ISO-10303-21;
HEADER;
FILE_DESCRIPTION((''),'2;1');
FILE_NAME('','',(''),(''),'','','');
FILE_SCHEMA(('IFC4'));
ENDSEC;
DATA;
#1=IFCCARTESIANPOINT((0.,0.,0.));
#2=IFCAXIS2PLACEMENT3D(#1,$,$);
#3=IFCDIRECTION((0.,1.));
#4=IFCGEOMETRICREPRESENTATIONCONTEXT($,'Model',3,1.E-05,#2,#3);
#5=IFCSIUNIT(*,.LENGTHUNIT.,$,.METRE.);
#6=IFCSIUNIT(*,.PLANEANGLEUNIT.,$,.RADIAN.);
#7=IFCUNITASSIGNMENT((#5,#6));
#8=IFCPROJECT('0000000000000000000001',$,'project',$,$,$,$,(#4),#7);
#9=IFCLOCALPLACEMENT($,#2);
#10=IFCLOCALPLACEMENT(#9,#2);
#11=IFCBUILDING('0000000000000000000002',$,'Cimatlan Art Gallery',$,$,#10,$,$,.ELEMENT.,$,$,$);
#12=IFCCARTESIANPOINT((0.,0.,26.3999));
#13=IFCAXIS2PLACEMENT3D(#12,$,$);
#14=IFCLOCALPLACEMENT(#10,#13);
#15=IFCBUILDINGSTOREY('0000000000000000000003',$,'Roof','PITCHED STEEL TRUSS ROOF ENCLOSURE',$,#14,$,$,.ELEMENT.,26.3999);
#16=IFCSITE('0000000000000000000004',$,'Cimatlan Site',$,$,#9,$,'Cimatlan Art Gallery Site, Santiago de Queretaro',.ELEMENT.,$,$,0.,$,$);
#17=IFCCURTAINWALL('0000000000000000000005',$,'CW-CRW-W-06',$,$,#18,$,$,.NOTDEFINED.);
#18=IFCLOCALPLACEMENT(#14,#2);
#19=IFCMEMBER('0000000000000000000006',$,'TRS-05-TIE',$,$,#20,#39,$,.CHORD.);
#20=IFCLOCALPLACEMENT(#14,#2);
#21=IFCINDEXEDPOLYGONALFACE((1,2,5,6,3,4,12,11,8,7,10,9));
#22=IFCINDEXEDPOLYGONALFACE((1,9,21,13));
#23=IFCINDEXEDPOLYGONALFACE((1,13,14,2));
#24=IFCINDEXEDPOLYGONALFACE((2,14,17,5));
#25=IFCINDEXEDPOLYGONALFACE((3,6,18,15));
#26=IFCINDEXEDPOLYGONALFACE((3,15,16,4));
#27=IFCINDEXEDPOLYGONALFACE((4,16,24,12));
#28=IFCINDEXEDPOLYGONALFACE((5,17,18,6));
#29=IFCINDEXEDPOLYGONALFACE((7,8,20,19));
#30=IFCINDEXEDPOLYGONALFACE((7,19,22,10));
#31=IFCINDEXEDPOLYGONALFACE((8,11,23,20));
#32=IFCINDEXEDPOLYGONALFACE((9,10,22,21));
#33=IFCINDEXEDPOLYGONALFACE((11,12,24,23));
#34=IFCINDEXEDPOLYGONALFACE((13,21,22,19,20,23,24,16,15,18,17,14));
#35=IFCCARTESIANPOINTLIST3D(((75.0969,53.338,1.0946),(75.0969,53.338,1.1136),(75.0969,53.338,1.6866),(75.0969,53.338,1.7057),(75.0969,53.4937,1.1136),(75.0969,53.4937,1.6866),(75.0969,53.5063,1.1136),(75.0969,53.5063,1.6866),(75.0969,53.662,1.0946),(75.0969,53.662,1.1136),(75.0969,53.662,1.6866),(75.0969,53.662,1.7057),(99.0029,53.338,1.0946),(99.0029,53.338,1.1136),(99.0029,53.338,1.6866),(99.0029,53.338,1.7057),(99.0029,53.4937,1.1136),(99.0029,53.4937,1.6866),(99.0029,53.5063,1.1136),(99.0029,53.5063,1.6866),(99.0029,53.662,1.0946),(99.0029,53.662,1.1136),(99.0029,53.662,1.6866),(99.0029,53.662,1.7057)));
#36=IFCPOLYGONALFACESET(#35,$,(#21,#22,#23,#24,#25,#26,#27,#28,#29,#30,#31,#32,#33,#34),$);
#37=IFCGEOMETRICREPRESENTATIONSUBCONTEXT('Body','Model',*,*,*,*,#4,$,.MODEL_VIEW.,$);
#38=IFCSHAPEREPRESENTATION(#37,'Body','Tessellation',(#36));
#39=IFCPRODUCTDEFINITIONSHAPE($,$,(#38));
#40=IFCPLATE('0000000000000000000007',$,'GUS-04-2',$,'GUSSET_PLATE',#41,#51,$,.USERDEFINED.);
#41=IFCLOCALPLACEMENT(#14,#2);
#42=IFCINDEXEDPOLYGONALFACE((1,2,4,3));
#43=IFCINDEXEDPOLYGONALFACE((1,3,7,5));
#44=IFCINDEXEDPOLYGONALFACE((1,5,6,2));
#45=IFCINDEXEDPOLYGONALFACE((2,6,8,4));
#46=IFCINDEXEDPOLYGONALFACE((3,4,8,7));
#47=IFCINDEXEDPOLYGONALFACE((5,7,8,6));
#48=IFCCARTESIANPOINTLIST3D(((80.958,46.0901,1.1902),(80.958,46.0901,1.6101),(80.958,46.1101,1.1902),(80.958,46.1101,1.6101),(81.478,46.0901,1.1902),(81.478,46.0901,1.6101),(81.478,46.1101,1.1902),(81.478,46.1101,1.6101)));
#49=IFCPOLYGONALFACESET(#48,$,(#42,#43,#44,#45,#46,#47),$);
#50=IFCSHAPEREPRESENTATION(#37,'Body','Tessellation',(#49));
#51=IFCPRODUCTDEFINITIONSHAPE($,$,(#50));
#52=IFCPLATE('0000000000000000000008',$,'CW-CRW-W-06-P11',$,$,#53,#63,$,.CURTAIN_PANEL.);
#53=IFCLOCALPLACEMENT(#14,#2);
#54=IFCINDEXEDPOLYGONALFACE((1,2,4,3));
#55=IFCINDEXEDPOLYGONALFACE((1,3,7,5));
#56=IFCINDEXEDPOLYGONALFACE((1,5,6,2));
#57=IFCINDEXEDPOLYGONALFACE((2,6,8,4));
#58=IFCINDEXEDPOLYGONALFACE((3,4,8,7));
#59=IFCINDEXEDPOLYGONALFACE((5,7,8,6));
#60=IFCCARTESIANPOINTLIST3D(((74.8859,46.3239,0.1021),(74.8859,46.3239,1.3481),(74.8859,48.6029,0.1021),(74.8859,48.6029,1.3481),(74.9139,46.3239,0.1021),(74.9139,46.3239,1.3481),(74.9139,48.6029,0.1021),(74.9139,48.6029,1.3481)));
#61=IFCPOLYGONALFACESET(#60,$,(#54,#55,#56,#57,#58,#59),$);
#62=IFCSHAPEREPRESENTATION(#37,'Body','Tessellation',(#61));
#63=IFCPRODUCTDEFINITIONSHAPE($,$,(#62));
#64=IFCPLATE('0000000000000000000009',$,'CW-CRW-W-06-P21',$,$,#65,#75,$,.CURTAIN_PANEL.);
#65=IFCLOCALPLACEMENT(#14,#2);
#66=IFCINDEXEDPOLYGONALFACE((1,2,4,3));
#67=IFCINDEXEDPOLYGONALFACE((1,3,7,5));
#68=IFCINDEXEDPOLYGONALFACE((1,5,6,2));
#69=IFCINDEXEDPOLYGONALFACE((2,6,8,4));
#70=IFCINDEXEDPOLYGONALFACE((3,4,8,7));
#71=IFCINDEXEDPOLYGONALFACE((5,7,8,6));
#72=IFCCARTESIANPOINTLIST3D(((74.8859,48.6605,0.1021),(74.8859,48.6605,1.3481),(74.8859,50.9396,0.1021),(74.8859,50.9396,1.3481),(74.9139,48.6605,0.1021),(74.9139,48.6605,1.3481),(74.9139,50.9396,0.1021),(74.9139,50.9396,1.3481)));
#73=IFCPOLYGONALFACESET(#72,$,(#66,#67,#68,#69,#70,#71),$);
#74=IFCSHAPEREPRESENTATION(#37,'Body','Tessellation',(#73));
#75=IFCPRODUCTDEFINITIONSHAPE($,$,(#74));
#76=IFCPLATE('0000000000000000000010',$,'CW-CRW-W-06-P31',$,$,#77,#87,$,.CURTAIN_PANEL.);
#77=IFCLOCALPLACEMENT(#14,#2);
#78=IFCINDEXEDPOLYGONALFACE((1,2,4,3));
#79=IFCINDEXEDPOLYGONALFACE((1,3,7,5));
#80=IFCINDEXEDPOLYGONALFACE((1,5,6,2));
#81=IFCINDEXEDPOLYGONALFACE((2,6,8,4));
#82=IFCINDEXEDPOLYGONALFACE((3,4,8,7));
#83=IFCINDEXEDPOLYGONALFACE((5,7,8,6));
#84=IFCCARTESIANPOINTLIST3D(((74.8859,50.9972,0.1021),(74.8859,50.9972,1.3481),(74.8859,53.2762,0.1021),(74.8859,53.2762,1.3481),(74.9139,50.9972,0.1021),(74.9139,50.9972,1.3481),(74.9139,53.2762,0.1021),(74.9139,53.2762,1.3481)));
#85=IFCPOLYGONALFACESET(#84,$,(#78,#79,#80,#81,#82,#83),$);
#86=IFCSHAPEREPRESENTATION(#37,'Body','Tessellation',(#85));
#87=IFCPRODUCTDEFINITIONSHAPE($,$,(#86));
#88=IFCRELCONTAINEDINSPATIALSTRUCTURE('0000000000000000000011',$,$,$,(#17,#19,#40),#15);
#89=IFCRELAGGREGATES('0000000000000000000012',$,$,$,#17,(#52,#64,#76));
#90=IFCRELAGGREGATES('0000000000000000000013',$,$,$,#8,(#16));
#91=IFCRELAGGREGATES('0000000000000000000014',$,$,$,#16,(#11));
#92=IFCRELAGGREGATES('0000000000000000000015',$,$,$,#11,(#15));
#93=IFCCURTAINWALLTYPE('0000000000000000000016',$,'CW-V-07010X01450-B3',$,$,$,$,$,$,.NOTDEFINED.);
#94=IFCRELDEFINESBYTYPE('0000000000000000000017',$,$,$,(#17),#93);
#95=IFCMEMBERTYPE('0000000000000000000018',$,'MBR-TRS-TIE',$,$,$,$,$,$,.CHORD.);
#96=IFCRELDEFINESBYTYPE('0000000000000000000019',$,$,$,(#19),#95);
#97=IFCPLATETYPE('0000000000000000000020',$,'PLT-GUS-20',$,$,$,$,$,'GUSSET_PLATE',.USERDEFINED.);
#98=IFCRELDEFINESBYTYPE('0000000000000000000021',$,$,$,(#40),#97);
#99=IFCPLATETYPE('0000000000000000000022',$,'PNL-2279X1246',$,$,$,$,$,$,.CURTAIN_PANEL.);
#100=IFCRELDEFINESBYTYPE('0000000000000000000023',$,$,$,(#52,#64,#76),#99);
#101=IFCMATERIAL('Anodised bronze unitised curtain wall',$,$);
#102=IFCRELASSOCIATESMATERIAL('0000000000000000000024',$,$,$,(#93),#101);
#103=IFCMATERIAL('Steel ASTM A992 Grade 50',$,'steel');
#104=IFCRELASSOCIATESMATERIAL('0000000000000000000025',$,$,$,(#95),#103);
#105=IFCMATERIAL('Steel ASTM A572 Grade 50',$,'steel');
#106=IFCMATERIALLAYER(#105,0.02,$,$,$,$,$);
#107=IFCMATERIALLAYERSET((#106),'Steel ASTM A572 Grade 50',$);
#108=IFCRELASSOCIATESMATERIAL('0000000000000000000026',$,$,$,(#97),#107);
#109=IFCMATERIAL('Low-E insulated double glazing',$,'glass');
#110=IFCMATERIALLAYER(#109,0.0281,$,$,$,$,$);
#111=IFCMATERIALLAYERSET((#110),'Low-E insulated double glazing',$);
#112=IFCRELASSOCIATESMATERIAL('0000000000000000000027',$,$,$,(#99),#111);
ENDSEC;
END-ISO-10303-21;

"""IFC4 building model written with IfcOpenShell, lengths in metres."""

from ifc_helpers import new_model, si_unit, direction, frame, origin, origin_2d, place, context, subcontext, project, spatial, rectangle, i_section, extrude, material, layer, layer_set, material_profile, profile_set, type_object, element, aggregate, save


model = new_model("IFC4")

# Units and contexts
model_context = context("Model", 3, precision=1e-05, world=origin(), true_north=direction((0.0, 1.0)))
body_context = subcontext(model_context, "Body", "Model", "MODEL_VIEW")
ifc_project = project(units=[si_unit("LENGTHUNIT", "METRE"), si_unit("PLANEANGLEUNIT", "RADIAN")], contexts=[model_context])

# Site, building, storey
site_placement = place(None, origin())
site = spatial("IfcSite", under=ifc_project, at=site_placement, Name="Cimatlan Site", LongName="Cimatlan Art Gallery Site, Santiago de Queretaro", CompositionType="ELEMENT", RefElevation=0.0)
building_placement = place(site_placement, origin())
building = spatial("IfcBuilding", under=site, at=building_placement, Name="Cimatlan Art Gallery", CompositionType="ELEMENT")
storey_placement = place(building_placement, frame((0.0, 0.0, 26.3999)))
storey = spatial("IfcBuildingStorey", under=building, at=storey_placement, Name="Roof", Description="PITCHED STEEL TRUSS ROOF ENCLOSURE", CompositionType="ELEMENT", Elevation=26.3999)

# Shared definitions
ifc_material_1 = material(Name="Steel ASTM A992 Grade 50", Category="steel")

# Curtain wall
ifc_material_2 = material(Name="Anodised bronze unitised curtain wall")
curtain_wall_type = type_object("IfcCurtainWallType", Name="CW-V-07010X01450-B3", PredefinedType="NOTDEFINED", material=ifc_material_2)
curtain_wall_placement = place(storey_placement, origin())
curtain_wall = element("IfcCurtainWall", 1, at=curtain_wall_placement, inside=storey, type_object=curtain_wall_type, Name="CW-CRW-W-06", PredefinedType="NOTDEFINED")

# Member
ifc_material_profile_1 = material_profile(ifc_material_1, i_section(OverallWidth=0.324, OverallDepth=0.6111, WebThickness=0.0127, FlangeThickness=0.019, at=origin_2d()), Name="W24X104")
ifc_profile_set_1 = profile_set([ifc_material_profile_1], Name="Steel ASTM A992 Grade 50")
member_type_1 = type_object("IfcMemberType", Name="MBR-TRS-TIE", PredefinedType="CHORD", material=ifc_profile_set_1)
for number, where, z_axis, x_axis, name in (
    (2, (75.0969, 53.5, 1.4001), (1.0, 0.0, 0.0), (0.0, 1.0, 0.0), "TRS-05-TIE"),
):
    element("IfcMember", number, at=place(storey_placement, frame(where, z_axis=z_axis, x_axis=x_axis)), inside=storey, type_object=member_type_1, Name=name, PredefinedType="CHORD", context=body_context, shape_type="SweptSolid", body=[
        extrude(i_section(OverallWidth=0.324, OverallDepth=0.6111, WebThickness=0.0127, FlangeThickness=0.019, at=origin_2d()), origin(), (0.0, 0.0, 1.0), 23.906),
    ])

# Plates
ifc_material_3 = material(Name="Steel ASTM A572 Grade 50", Category="steel")
ifc_layer_1 = layer(ifc_material_3, 0.02)
ifc_layer_set_1 = layer_set([ifc_layer_1], Name="Steel ASTM A572 Grade 50")
plate_type_1 = type_object("IfcPlateType", Name="PLT-GUS-20", ElementType="GUSSET_PLATE", PredefinedType="USERDEFINED", material=ifc_layer_set_1)
plate_1_placement = place(storey_placement, frame((81.218, 46.1001, 1.1902), z_axis=(0.0, 0.0, 1.0), x_axis=(1.0, 0.0, 0.0)))
element("IfcPlate", 3, at=plate_1_placement, inside=storey, type_object=plate_type_1, Name="GUS-04-2", ObjectType="GUSSET_PLATE", PredefinedType="USERDEFINED", context=body_context, shape_type="SweptSolid", body=[
    extrude(rectangle(XDim=0.52, YDim=0.02, at=origin_2d()), origin(), (0.0, 0.0, 1.0), 0.4199),
])
ifc_material_4 = material(Name="Low-E insulated double glazing", Category="glass")
ifc_layer_2 = layer(ifc_material_4, 0.0281)
ifc_layer_set_2 = layer_set([ifc_layer_2], Name="Low-E insulated double glazing")
plate_type_2 = type_object("IfcPlateType", Name="PNL-2279X1246", PredefinedType="CURTAIN_PANEL", material=ifc_layer_set_2)
plate_2_placement = place(storey_placement, frame((74.8999, 47.4634, 0.1021), z_axis=(0.0, 0.0, 1.0), x_axis=(0.0, 1.0, 0.0)))
plate_2 = element("IfcPlate", 4, at=plate_2_placement, type_object=plate_type_2, Name="CW-CRW-W-06-P11", PredefinedType="CURTAIN_PANEL", context=body_context, shape_type="SweptSolid", body=[
    extrude(rectangle(XDim=2.2791, YDim=0.0281, at=origin_2d()), origin(), (0.0, 0.0, 1.0), 1.2461),
])
plate_3_placement = place(storey_placement, frame((74.8999, 49.8, 0.1021), z_axis=(0.0, 0.0, 1.0), x_axis=(0.0, 1.0, 0.0)))
plate_3 = element("IfcPlate", 5, at=plate_3_placement, type_object=plate_type_2, Name="CW-CRW-W-06-P21", PredefinedType="CURTAIN_PANEL", context=body_context, shape_type="SweptSolid", body=[
    extrude(rectangle(XDim=2.2791, YDim=0.0281, at=origin_2d()), origin(), (0.0, 0.0, 1.0), 1.2461),
])
plate_4_placement = place(storey_placement, frame((74.8999, 52.1367, 0.1021), z_axis=(0.0, 0.0, 1.0), x_axis=(0.0, 1.0, 0.0)))
plate_4 = element("IfcPlate", 6, at=plate_4_placement, type_object=plate_type_2, Name="CW-CRW-W-06-P31", PredefinedType="CURTAIN_PANEL", context=body_context, shape_type="SweptSolid", body=[
    extrude(rectangle(XDim=2.2791, YDim=0.0281, at=origin_2d()), origin(), (0.0, 0.0, 1.0), 1.2461),
])
aggregate(curtain_wall, [plate_2, plate_3, plate_4])

save(model, "model.ifc")
